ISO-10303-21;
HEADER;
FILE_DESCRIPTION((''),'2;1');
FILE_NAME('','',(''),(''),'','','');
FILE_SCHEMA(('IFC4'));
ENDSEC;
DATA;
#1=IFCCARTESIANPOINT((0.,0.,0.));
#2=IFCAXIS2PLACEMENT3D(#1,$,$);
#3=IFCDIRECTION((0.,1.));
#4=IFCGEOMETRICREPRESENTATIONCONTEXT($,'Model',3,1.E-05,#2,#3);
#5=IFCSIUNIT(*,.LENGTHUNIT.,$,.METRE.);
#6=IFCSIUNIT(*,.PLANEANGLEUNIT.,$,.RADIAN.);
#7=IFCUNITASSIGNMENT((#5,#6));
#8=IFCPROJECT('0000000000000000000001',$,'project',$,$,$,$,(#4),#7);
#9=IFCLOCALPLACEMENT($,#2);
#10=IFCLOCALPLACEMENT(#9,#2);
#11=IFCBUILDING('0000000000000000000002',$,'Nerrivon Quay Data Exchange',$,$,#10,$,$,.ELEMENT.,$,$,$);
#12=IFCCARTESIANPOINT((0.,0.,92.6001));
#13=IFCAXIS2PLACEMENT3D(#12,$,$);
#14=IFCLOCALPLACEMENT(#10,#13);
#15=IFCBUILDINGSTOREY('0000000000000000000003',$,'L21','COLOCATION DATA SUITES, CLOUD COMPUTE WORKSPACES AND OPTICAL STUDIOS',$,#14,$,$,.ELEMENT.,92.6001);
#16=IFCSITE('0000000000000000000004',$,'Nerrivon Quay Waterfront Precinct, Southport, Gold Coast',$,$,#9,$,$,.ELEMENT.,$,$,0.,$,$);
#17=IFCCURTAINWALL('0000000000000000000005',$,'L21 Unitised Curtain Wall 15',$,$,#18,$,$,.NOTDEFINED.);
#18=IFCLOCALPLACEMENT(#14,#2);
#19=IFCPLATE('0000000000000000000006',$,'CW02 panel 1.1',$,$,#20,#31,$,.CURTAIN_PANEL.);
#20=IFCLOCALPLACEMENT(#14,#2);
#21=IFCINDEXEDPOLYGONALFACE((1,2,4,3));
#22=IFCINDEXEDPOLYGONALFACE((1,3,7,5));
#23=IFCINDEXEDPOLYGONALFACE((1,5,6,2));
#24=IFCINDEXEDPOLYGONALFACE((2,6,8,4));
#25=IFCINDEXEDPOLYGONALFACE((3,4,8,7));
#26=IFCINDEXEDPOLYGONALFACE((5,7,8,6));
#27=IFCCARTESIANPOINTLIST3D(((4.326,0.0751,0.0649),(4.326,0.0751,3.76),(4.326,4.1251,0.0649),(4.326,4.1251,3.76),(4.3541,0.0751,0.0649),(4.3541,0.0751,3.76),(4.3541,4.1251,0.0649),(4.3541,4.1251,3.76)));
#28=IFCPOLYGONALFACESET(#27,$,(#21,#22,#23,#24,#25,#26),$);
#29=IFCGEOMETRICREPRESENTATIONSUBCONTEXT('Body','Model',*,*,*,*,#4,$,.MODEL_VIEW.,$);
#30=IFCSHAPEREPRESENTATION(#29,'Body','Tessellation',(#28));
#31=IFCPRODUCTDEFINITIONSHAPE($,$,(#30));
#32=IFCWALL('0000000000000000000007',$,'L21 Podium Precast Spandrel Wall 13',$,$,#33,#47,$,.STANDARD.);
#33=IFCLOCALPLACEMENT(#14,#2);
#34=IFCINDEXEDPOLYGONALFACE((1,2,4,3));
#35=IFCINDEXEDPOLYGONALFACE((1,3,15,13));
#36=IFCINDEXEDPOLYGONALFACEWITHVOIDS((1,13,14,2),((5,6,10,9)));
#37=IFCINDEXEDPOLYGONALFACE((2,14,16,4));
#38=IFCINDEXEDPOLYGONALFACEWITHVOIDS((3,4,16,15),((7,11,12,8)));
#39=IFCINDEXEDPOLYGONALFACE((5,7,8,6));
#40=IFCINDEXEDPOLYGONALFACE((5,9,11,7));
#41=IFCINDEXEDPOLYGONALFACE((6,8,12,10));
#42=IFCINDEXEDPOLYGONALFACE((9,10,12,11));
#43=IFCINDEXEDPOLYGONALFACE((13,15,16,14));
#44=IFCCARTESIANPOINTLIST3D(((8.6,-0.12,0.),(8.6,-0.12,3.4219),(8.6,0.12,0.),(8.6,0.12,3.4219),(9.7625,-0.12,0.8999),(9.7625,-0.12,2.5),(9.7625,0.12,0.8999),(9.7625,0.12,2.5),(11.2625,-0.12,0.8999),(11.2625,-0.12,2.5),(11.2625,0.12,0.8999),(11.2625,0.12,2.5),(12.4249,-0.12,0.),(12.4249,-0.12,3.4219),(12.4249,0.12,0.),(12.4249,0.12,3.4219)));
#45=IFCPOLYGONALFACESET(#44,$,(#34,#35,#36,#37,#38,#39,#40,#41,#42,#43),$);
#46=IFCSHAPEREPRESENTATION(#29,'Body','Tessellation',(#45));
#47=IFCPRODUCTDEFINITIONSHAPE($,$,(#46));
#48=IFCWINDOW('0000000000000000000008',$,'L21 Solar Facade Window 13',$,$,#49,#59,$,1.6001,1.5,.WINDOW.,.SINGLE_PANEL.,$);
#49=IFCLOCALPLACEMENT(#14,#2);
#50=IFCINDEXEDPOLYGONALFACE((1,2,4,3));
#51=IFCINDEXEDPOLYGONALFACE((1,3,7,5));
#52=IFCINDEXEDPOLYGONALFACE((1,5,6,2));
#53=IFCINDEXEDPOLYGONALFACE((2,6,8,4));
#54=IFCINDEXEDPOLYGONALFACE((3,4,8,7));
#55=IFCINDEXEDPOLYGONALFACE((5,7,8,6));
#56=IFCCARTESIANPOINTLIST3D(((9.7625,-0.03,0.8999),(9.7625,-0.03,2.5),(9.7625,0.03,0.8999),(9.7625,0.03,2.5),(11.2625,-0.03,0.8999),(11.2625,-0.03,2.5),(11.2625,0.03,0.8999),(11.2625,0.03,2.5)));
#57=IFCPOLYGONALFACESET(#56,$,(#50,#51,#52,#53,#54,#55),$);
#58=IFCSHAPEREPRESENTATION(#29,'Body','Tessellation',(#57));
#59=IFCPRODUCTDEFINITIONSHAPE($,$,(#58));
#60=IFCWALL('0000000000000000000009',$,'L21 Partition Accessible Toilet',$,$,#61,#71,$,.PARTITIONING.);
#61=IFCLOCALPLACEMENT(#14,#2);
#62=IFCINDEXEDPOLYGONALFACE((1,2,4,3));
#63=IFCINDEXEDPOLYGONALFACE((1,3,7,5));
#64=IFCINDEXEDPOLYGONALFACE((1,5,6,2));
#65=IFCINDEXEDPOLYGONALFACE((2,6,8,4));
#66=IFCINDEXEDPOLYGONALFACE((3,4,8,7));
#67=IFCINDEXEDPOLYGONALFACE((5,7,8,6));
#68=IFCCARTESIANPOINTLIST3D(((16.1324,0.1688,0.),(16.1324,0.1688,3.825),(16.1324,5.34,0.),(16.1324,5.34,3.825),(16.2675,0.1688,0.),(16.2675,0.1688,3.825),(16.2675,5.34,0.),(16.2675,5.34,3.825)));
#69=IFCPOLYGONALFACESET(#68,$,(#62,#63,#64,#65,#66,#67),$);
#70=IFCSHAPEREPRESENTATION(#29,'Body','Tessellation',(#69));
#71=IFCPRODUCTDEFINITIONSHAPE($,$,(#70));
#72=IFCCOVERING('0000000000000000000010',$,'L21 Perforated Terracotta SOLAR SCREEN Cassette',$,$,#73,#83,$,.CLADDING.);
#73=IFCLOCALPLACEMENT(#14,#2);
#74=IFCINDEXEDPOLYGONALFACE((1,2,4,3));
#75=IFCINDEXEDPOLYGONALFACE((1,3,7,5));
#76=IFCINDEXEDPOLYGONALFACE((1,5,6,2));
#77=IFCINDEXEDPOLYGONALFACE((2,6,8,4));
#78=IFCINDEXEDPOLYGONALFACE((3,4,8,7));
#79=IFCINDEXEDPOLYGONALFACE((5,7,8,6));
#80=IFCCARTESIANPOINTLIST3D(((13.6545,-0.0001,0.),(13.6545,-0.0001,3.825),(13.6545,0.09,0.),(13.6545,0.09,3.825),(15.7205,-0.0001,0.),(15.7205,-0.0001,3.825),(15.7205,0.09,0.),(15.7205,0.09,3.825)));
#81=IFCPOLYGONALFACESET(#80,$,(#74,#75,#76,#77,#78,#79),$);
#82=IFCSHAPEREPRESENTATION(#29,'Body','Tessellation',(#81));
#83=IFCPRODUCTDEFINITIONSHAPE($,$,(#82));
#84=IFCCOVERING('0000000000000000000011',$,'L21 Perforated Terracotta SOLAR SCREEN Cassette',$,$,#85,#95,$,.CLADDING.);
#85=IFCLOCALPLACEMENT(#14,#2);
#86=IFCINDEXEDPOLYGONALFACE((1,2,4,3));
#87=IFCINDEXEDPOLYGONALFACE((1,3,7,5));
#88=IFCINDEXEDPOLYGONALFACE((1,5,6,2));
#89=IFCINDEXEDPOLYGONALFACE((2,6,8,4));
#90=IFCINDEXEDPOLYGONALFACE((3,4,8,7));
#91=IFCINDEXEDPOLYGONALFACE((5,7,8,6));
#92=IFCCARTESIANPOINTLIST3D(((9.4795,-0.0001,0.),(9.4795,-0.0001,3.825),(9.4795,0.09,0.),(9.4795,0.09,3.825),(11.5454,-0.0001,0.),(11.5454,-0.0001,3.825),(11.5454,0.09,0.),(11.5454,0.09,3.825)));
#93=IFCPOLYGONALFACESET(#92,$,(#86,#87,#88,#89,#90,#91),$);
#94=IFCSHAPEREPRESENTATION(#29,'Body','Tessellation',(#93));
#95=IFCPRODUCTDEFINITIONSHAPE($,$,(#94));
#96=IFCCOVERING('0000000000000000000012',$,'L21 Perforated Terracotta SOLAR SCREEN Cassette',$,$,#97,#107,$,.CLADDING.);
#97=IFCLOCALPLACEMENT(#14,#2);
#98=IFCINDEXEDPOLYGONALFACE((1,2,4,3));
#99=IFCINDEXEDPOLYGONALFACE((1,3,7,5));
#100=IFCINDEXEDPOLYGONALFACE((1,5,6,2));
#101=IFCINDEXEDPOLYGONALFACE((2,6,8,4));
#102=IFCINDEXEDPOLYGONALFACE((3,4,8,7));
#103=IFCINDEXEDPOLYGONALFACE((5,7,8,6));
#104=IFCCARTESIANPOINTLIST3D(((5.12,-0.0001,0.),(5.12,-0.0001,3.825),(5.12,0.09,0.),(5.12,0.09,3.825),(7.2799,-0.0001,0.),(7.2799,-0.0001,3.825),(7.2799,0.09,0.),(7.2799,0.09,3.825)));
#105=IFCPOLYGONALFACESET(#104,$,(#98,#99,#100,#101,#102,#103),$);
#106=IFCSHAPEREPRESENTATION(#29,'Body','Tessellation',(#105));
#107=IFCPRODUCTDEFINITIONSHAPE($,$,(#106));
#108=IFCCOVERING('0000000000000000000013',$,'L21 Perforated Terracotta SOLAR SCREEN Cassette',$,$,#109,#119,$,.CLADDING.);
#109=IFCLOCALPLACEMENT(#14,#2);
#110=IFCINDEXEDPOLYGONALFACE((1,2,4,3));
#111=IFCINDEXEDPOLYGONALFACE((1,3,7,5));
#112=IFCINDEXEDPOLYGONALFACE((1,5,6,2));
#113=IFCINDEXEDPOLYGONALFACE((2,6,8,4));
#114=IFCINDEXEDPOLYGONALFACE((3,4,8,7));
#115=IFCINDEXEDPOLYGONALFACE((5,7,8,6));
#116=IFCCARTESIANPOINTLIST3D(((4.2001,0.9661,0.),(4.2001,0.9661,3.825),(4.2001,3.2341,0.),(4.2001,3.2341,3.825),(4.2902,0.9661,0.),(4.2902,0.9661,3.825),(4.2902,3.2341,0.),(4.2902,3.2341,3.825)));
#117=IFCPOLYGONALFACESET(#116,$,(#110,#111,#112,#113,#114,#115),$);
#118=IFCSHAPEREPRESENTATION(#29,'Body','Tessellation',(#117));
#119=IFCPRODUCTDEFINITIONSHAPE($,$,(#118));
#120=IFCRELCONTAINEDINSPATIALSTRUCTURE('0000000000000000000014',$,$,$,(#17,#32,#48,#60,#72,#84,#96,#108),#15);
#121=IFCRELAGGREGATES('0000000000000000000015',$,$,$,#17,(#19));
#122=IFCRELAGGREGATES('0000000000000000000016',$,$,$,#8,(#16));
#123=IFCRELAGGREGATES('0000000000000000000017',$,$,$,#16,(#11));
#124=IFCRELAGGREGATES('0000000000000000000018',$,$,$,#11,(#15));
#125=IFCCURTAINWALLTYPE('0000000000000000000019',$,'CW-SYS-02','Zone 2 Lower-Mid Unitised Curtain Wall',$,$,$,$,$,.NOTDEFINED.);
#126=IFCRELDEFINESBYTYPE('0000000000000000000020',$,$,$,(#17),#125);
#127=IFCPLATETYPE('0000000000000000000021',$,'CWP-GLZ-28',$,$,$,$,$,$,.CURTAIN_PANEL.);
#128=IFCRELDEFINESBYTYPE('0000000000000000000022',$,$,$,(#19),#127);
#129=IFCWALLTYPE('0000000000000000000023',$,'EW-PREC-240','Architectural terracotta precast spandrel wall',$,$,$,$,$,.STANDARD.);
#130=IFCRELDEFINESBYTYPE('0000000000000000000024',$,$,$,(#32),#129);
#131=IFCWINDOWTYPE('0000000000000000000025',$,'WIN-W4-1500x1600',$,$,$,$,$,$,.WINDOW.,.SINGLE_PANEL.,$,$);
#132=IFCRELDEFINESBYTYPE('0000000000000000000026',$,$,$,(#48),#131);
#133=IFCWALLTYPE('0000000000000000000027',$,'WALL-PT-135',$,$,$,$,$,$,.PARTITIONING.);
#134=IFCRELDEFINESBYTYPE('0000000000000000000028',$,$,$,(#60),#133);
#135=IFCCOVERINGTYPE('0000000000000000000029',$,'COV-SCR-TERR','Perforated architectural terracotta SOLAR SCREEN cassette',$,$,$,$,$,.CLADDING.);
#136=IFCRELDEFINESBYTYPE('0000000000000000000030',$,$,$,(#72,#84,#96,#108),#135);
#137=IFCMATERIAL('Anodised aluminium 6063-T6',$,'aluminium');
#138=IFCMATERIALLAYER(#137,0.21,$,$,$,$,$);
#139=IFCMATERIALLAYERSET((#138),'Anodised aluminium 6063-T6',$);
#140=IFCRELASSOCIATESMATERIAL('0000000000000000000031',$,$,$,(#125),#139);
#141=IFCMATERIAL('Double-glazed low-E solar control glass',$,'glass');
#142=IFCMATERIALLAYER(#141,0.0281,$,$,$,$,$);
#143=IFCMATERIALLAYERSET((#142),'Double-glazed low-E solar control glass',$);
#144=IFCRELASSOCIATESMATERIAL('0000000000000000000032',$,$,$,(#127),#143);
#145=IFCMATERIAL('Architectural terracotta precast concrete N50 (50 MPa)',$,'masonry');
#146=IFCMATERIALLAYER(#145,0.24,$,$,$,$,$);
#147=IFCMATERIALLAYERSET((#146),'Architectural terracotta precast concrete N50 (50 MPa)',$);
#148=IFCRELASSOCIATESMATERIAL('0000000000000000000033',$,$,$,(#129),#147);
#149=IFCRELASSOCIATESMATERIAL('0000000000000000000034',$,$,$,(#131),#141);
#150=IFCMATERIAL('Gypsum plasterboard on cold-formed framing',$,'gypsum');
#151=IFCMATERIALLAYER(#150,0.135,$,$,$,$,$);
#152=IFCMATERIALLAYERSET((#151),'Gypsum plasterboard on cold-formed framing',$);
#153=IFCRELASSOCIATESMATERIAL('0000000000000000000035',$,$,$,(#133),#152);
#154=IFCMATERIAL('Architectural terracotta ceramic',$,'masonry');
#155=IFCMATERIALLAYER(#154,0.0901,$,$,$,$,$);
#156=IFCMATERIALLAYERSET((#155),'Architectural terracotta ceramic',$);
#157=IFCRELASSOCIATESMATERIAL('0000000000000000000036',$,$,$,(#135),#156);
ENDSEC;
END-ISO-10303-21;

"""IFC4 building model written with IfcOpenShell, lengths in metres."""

from ifc_helpers import new_model, si_unit, direction, frame, frame_2d, origin, origin_2d, place, context, subcontext, project, spatial, rectangle, extrude, material, layer, layer_set, type_object, element, fill, aggregate, save


model = new_model("IFC4")

# Units and contexts
model_context = context("Model", 3, precision=1e-05, world=origin(), true_north=direction((0.0, 1.0)))
body_context = subcontext(model_context, "Body", "Model", "MODEL_VIEW")
ifc_project = project(units=[si_unit("LENGTHUNIT", "METRE"), si_unit("PLANEANGLEUNIT", "RADIAN")], contexts=[model_context])

# Site, building, storey
site_placement = place(None, origin())
site = spatial("IfcSite", under=ifc_project, at=site_placement, Name="Nerrivon Quay Waterfront Precinct, Southport, Gold Coast", CompositionType="ELEMENT", RefElevation=0.0)
building_placement = place(site_placement, origin())
building = spatial("IfcBuilding", under=site, at=building_placement, Name="Nerrivon Quay Data Exchange", CompositionType="ELEMENT")
storey_placement = place(building_placement, frame((0.0, 0.0, 92.6001)))
storey = spatial("IfcBuildingStorey", under=building, at=storey_placement, Name="L21", Description="COLOCATION DATA SUITES, CLOUD COMPUTE WORKSPACES AND OPTICAL STUDIOS", CompositionType="ELEMENT", Elevation=92.6001)

# Curtain wall
ifc_material_1 = material(Name="Anodised aluminium 6063-T6", Category="aluminium")
ifc_layer_1 = layer(ifc_material_1, 0.21)
ifc_layer_set_1 = layer_set([ifc_layer_1], Name="Anodised aluminium 6063-T6")
curtain_wall_type = type_object("IfcCurtainWallType", Name="CW-SYS-02", Description="Zone 2 Lower-Mid Unitised Curtain Wall", PredefinedType="NOTDEFINED", material=ifc_layer_set_1)
curtain_wall_1_placement = place(storey_placement, origin())
curtain_wall_1 = element("IfcCurtainWall", 1, at=curtain_wall_1_placement, inside=storey, type_object=curtain_wall_type, Name="L21 Unitised Curtain Wall 15", PredefinedType="NOTDEFINED")

# Plate
ifc_material_2 = material(Name="Double-glazed low-E solar control glass", Category="glass")
ifc_layer_2 = layer(ifc_material_2, 0.0281)
ifc_layer_set_2 = layer_set([ifc_layer_2], Name="Double-glazed low-E solar control glass")
plate_type = type_object("IfcPlateType", Name="CWP-GLZ-28", PredefinedType="CURTAIN_PANEL", material=ifc_layer_set_2)
plate_1_placement = place(storey_placement, frame((4.3401, 2.1001, 0.0649), z_axis=(0.0, 0.0, 1.0), x_axis=(0.0, 1.0, 0.0)))
plate_1 = element("IfcPlate", 2, at=plate_1_placement, type_object=plate_type, Name="CW02 panel 1.1", PredefinedType="CURTAIN_PANEL", context=body_context, shape_type="SweptSolid", body=[
    extrude(rectangle(XDim=4.05, YDim=0.0281, at=origin_2d()), origin(), (0.0, 0.0, 1.0), 3.6951),
])
aggregate(curtain_wall_1, [plate_1])

# Wall, opening, window
ifc_material_3 = material(Name="Architectural terracotta precast concrete N50 (50 MPa)", Category="masonry")
ifc_layer_3 = layer(ifc_material_3, 0.24)
ifc_layer_set_3 = layer_set([ifc_layer_3], Name="Architectural terracotta precast concrete N50 (50 MPa)")
wall_type_1 = type_object("IfcWallType", Name="EW-PREC-240", Description="Architectural terracotta precast spandrel wall", PredefinedType="STANDARD", material=ifc_layer_set_3)
wall_1_placement = place(storey_placement, frame((12.425, 0.0, 0.0), z_axis=(0.0, 0.0, 1.0), x_axis=(-1.0, 0.0, 0.0)))
wall_1 = element("IfcWall", 3, at=wall_1_placement, inside=storey, type_object=wall_type_1, Name="L21 Podium Precast Spandrel Wall 13", PredefinedType="STANDARD", context=body_context, shape_type="SweptSolid", body=[
    extrude(rectangle(XDim=3.825, YDim=0.24, at=frame_2d((1.9126, 0.0))), origin(), (0.0, 0.0, 1.0), 3.4219),
])
opening_placement = place(wall_1_placement, frame((1.1626, 0.0, 0.8999)))
opening = element("IfcOpeningElement", 4, at=opening_placement, cuts=wall_1, PredefinedType="OPENING", context=body_context, shape_type="SweptSolid", body=[
    extrude(rectangle(XDim=1.5, YDim=1.6001, at=frame_2d((0.75, 0.8))), frame((0.0, 0.1299, 0.0), z_axis=(0.0, -1.0, 0.0), x_axis=(1.0, 0.0, 0.0)), (0.0, 0.0, 1.0), 0.26),
])
window_type = type_object("IfcWindowType", Name="WIN-W4-1500x1600", PartitioningType="SINGLE_PANEL", PredefinedType="WINDOW", material=ifc_material_2)
window_placement = place(opening_placement, origin())
window = element("IfcWindow", 5, at=window_placement, inside=storey, type_object=window_type, Name="L21 Solar Facade Window 13", OverallHeight=1.6001, OverallWidth=1.5, PartitioningType="SINGLE_PANEL", PredefinedType="WINDOW", context=body_context, shape_type="SweptSolid", body=[
    extrude(rectangle(XDim=1.5, YDim=1.6001, at=frame_2d((0.75, 0.8))), frame((0.0, 0.03, 0.0), z_axis=(0.0, -1.0, 0.0), x_axis=(1.0, 0.0, 0.0)), (0.0, 0.0, 1.0), 0.0601),
])
fill(opening, window)

# Wall
ifc_material_4 = material(Name="Gypsum plasterboard on cold-formed framing", Category="gypsum")
ifc_layer_4 = layer(ifc_material_4, 0.135)
ifc_layer_set_4 = layer_set([ifc_layer_4], Name="Gypsum plasterboard on cold-formed framing")
wall_type_2 = type_object("IfcWallType", Name="WALL-PT-135", PredefinedType="PARTITIONING", material=ifc_layer_set_4)
wall_2_placement = place(storey_placement, frame((16.2, 0.1689, 0.0), z_axis=(0.0, 0.0, 1.0), x_axis=(0.0, 1.0, 0.0)))
element("IfcWall", 6, at=wall_2_placement, inside=storey, type_object=wall_type_2, Name="L21 Partition Accessible Toilet", PredefinedType="PARTITIONING", context=body_context, shape_type="SweptSolid", body=[
    extrude(rectangle(XDim=5.1711, YDim=0.135, at=frame_2d((2.5854, 0.0))), origin(), (0.0, 0.0, 1.0), 3.825),
])

# Coverings
ifc_material_5 = material(Name="Architectural terracotta ceramic", Category="masonry")
ifc_layer_5 = layer(ifc_material_5, 0.0901)
ifc_layer_set_5 = layer_set([ifc_layer_5], Name="Architectural terracotta ceramic")
covering_type = type_object("IfcCoveringType", Name="COV-SCR-TERR", Description="Perforated architectural terracotta SOLAR SCREEN cassette", PredefinedType="CLADDING", material=ifc_layer_set_5)
for number, where, z_axis, x_axis, name in (
    (7, (14.6875, 0.0449, 0.0), (0.0, 0.0, 1.0), (-1.0, 0.0, 0.0), "L21 Perforated Terracotta SOLAR SCREEN Cassette"),
    (8, (10.5125, 0.0449, 0.0), (0.0, 0.0, 1.0), (-1.0, 0.0, 0.0), "L21 Perforated Terracotta SOLAR SCREEN Cassette"),
):
    element("IfcCovering", number, at=place(storey_placement, frame(where, z_axis=z_axis, x_axis=x_axis)), inside=storey, type_object=covering_type, Name=name, PredefinedType="CLADDING", context=body_context, shape_type="SweptSolid", body=[
        extrude(rectangle(XDim=2.0659, YDim=0.0901, at=origin_2d()), origin(), (0.0, 0.0, 1.0), 3.825),
    ])
covering_1_placement = place(storey_placement, frame((6.2, 0.0449, 0.0), z_axis=(0.0, 0.0, 1.0), x_axis=(-1.0, 0.0, 0.0)))
element("IfcCovering", 9, at=covering_1_placement, inside=storey, type_object=covering_type, Name="L21 Perforated Terracotta SOLAR SCREEN Cassette", PredefinedType="CLADDING", context=body_context, shape_type="SweptSolid", body=[
    extrude(rectangle(XDim=2.1599, YDim=0.0901, at=origin_2d()), origin(), (0.0, 0.0, 1.0), 3.825),
])
covering_2_placement = place(storey_placement, frame((4.2451, 2.1001, 0.0), z_axis=(0.0, 0.0, 1.0), x_axis=(0.0, 1.0, 0.0)))
element("IfcCovering", 10, at=covering_2_placement, inside=storey, type_object=covering_type, Name="L21 Perforated Terracotta SOLAR SCREEN Cassette", PredefinedType="CLADDING", context=body_context, shape_type="SweptSolid", body=[
    extrude(rectangle(XDim=2.2681, YDim=0.0901, at=origin_2d()), origin(), (0.0, 0.0, 1.0), 3.825),
])

save(model, "model.ifc")
